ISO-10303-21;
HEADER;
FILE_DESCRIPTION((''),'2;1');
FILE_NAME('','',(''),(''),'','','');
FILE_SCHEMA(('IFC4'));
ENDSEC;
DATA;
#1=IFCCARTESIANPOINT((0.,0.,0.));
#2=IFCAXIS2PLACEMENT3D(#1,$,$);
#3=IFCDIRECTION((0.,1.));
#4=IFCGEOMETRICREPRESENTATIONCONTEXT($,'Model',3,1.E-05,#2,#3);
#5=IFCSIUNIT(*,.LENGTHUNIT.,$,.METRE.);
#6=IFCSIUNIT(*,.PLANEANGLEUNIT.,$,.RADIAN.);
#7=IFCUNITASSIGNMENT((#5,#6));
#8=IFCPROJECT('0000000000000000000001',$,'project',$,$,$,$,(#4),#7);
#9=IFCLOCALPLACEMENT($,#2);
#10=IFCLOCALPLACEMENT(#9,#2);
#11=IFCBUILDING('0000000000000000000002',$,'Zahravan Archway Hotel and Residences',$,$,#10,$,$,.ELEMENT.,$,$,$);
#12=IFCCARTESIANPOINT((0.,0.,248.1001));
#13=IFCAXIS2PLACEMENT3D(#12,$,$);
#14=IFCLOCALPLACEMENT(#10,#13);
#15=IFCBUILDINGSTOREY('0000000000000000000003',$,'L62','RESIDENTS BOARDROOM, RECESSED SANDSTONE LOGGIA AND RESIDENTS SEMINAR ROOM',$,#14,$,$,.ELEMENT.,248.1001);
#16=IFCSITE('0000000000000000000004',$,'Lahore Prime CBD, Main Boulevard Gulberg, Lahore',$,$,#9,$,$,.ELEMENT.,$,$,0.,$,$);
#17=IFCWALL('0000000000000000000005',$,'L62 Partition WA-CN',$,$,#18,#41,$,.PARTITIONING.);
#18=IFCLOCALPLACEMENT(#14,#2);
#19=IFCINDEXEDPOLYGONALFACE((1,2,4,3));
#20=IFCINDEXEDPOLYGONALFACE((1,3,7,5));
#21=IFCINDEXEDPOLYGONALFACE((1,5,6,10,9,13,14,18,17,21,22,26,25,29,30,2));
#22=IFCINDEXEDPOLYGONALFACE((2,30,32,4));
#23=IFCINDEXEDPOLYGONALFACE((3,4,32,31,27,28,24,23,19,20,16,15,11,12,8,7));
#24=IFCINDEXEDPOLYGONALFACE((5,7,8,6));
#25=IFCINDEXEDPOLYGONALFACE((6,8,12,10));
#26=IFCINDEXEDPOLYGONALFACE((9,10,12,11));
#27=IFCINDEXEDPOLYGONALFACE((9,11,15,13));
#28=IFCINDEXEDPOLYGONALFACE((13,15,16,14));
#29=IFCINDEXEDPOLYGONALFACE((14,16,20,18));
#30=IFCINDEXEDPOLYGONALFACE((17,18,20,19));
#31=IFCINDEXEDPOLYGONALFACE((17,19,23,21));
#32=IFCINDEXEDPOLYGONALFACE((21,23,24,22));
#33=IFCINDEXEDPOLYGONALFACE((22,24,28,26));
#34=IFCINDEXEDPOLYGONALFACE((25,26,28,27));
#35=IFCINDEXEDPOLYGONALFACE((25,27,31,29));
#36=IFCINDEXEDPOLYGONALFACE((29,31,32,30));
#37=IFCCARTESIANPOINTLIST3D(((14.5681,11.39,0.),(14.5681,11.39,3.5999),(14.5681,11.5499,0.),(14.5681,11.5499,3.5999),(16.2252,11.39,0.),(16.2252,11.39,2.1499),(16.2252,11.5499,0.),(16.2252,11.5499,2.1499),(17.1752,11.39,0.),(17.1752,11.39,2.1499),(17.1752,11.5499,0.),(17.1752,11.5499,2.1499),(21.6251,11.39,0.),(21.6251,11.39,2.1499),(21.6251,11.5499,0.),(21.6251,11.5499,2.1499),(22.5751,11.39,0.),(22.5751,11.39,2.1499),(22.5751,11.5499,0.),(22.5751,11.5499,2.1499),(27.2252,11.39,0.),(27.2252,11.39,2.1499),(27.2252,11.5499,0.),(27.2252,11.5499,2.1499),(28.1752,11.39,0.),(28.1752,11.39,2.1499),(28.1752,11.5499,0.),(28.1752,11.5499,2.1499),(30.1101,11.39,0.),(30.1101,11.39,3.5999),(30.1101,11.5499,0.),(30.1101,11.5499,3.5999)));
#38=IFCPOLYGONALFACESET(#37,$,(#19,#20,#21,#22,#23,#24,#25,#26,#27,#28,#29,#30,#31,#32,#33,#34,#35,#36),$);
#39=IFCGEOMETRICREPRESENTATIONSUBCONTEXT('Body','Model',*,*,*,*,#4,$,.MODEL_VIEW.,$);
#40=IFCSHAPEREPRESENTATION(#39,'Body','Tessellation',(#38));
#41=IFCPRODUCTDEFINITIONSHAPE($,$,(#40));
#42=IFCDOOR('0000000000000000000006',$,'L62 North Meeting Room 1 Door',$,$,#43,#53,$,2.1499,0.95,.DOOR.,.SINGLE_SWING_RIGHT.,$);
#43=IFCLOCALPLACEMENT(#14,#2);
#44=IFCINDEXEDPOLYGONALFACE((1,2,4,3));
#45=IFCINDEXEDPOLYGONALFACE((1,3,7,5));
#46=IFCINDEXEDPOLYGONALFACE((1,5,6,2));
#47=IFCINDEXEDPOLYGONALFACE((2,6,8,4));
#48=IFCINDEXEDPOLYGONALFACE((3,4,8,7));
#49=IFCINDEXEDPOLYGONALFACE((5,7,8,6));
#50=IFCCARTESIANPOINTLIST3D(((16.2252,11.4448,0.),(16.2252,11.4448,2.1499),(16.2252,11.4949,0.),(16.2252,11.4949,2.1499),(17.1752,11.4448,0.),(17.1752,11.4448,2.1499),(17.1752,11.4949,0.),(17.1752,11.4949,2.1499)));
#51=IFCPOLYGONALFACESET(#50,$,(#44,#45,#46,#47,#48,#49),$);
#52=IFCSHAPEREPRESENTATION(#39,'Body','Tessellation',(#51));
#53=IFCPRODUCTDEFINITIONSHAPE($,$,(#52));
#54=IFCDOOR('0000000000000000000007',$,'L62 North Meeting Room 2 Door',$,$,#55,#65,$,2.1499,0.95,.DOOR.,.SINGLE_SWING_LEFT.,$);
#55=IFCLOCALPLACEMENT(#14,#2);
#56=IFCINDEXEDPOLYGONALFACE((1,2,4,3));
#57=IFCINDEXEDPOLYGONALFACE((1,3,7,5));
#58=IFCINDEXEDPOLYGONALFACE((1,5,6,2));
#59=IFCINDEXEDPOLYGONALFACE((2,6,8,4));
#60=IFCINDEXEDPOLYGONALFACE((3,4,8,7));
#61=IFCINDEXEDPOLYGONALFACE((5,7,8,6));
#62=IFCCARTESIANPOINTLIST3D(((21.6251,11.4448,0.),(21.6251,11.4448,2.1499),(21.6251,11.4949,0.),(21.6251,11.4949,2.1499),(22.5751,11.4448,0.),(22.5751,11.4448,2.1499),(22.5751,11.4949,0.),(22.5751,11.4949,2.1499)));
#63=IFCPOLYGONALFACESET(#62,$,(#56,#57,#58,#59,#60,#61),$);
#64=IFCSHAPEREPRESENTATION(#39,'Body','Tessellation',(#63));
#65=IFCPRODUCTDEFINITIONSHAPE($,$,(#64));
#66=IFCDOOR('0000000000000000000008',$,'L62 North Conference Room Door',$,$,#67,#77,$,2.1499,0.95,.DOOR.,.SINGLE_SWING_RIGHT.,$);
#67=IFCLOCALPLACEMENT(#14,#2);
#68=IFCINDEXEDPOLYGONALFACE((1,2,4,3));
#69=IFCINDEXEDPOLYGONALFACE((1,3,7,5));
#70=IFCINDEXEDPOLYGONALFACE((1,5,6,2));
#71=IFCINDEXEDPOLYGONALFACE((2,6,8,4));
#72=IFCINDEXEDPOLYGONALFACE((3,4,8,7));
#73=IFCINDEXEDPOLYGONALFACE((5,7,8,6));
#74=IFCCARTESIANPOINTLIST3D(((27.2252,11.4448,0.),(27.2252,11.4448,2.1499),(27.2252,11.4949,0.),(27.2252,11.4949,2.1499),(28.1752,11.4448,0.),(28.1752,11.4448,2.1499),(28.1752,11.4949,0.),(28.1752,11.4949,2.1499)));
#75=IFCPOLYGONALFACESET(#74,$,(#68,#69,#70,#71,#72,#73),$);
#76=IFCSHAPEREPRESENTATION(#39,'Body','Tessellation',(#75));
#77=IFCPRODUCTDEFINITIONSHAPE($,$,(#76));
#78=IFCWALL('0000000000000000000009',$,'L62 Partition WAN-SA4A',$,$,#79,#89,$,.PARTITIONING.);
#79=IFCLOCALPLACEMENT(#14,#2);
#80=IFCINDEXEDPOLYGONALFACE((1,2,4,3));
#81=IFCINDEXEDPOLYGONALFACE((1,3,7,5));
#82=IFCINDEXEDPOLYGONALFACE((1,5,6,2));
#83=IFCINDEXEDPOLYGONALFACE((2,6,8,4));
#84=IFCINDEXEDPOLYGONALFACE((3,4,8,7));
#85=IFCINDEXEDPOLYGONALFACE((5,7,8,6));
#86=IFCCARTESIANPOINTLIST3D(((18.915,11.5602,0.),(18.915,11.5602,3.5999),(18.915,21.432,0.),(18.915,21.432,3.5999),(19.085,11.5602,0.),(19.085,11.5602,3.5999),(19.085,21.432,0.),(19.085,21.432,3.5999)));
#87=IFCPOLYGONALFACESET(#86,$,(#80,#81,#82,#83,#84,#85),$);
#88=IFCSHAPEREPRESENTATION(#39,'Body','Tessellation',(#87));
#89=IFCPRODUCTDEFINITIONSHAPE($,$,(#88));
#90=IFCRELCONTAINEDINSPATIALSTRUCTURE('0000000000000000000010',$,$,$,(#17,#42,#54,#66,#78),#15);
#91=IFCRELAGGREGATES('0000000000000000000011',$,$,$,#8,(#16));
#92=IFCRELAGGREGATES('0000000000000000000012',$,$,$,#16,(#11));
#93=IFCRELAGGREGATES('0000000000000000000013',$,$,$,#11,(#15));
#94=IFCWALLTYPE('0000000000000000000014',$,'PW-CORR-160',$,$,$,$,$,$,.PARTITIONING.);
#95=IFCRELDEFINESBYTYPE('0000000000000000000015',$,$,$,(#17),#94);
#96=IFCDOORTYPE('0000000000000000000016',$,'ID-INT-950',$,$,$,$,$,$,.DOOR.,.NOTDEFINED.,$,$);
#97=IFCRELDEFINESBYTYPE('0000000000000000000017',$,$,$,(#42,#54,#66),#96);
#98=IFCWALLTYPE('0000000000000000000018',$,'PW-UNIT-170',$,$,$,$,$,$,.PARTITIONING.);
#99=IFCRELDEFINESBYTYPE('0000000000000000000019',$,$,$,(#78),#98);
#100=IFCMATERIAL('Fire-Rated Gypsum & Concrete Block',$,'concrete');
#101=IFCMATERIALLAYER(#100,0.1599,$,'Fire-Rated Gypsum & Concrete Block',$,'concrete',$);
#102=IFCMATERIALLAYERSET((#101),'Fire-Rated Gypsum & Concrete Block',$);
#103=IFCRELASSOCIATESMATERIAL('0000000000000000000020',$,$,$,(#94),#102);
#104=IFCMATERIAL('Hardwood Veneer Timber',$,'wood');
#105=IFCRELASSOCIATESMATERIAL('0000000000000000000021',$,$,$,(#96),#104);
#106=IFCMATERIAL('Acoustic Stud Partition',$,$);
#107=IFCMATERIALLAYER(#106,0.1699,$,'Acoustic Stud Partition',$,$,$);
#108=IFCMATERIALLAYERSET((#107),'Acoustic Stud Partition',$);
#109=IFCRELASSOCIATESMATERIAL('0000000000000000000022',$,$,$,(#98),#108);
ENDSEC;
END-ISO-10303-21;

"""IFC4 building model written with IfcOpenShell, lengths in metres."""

from ifc_helpers import new_model, si_unit, direction, frame, frame_2d, origin, place, context, subcontext, project, spatial, rectangle, extrude, source, transform, mapped, material, layer, layer_set, type_object, type_shapes, element, fill, save


model = new_model("IFC4")

# Units and contexts
model_context = context("Model", 3, precision=1e-05, world=origin(), true_north=direction((0.0, 1.0)))
body_context = subcontext(model_context, "Body", "Model", "MODEL_VIEW")
ifc_project = project(units=[si_unit("LENGTHUNIT", "METRE"), si_unit("PLANEANGLEUNIT", "RADIAN")], contexts=[model_context])

# Site, building, storey
site_placement = place(None, origin())
site = spatial("IfcSite", under=ifc_project, at=site_placement, Name="Lahore Prime CBD, Main Boulevard Gulberg, Lahore", CompositionType="ELEMENT", RefElevation=0.0)
building_placement = place(site_placement, origin())
building = spatial("IfcBuilding", under=site, at=building_placement, Name="Zahravan Archway Hotel and Residences", CompositionType="ELEMENT")
storey_placement = place(building_placement, frame((0.0, 0.0, 248.1001)))
storey = spatial("IfcBuildingStorey", under=building, at=storey_placement, Name="L62", Description="RESIDENTS BOARDROOM, RECESSED SANDSTONE LOGGIA AND RESIDENTS SEMINAR ROOM", CompositionType="ELEMENT", Elevation=248.1001)

# Wall, openings, doors
ifc_material_1 = material(Name="Fire-Rated Gypsum & Concrete Block", Category="concrete")
ifc_layer_1 = layer(ifc_material_1, 0.1599, Name="Fire-Rated Gypsum & Concrete Block", Category="concrete")
ifc_layer_set_1 = layer_set([ifc_layer_1], Name="Fire-Rated Gypsum & Concrete Block")
wall_type_1 = type_object("IfcWallType", Name="PW-CORR-160", PredefinedType="PARTITIONING", material=ifc_layer_set_1)
wall_1_placement = place(storey_placement, frame((14.5681, 11.47, 0.0), z_axis=(0.0, 0.0, 1.0), x_axis=(1.0, 0.0, 0.0)))
wall_1 = element("IfcWall", 1, at=wall_1_placement, inside=storey, type_object=wall_type_1, Name="L62 Partition WA-CN", PredefinedType="PARTITIONING", context=body_context, shape_type="SweptSolid", body=[
    extrude(rectangle(XDim=15.542, YDim=0.1599, at=frame_2d((7.771, 0.0))), origin(), (0.0, 0.0, 1.0), 3.5999),
])
opening_1_placement = place(wall_1_placement, frame((1.657, 0.0, 0.0)))
opening_1 = element("IfcOpeningElement", 2, at=opening_1_placement, cuts=wall_1, PredefinedType="OPENING", context=body_context, shape_type="SweptSolid", body=[
    extrude(rectangle(XDim=0.95, YDim=2.1499, at=frame_2d((0.4751, 1.075))), frame((0.0, 0.0898, 0.0), z_axis=(0.0, -1.0, 0.0), x_axis=(1.0, 0.0, 0.0)), (0.0, 0.0, 1.0), 0.1799),
])
opening_2_placement = place(wall_1_placement, frame((7.0569, 0.0, 0.0)))
opening_2 = element("IfcOpeningElement", 3, at=opening_2_placement, cuts=wall_1, PredefinedType="OPENING", context=body_context, shape_type="SweptSolid", body=[
    extrude(rectangle(XDim=0.95, YDim=2.1499, at=frame_2d((0.4751, 1.075))), frame((0.0, 0.0898, 0.0), z_axis=(0.0, -1.0, 0.0), x_axis=(1.0, 0.0, 0.0)), (0.0, 0.0, 1.0), 0.1799),
])
opening_3_placement = place(wall_1_placement, frame((12.657, 0.0, 0.0)))
opening_3 = element("IfcOpeningElement", 4, at=opening_3_placement, cuts=wall_1, PredefinedType="OPENING", context=body_context, shape_type="SweptSolid", body=[
    extrude(rectangle(XDim=0.95, YDim=2.1499, at=frame_2d((0.4751, 1.075))), frame((0.0, 0.0898, 0.0), z_axis=(0.0, -1.0, 0.0), x_axis=(1.0, 0.0, 0.0)), (0.0, 0.0, 1.0), 0.1799),
])
ifc_material_2 = material(Name="Hardwood Veneer Timber", Category="wood")
door_type_1 = type_object("IfcDoorType", Name="ID-INT-950", OperationType="NOTDEFINED", PredefinedType="DOOR", material=ifc_material_2)
shared_shape_1 = source(origin(), body_context, "Body", "SweptSolid", [
    extrude(rectangle(XDim=0.95, YDim=2.1499, at=frame_2d((0.4751, 1.075))), frame((0.0, 0.0249, 0.0), z_axis=(0.0, -1.0, 0.0), x_axis=(1.0, 0.0, 0.0)), (0.0, 0.0, 1.0), 0.05),
])
type_shapes(door_type_1, [shared_shape_1])
door_1_placement = place(opening_1_placement, origin())
door_1 = element("IfcDoor", 5, at=door_1_placement, inside=storey, type_object=door_type_1, Name="L62 North Meeting Room 1 Door", OperationType="SINGLE_SWING_RIGHT", OverallHeight=2.1499, OverallWidth=0.95, PredefinedType="DOOR", context=body_context, shape_type="MappedRepresentation", body=[
    mapped(shared_shape_1, transform((0.0, 0.0, 0.0), scale=1.0)),
])
fill(opening_1, door_1)
door_2_placement = place(opening_2_placement, origin())
door_2 = element("IfcDoor", 6, at=door_2_placement, inside=storey, type_object=door_type_1, Name="L62 North Meeting Room 2 Door", OperationType="SINGLE_SWING_LEFT", OverallHeight=2.1499, OverallWidth=0.95, PredefinedType="DOOR", context=body_context, shape_type="MappedRepresentation", body=[
    mapped(shared_shape_1, transform((0.0, 0.0, 0.0), scale=1.0)),
])
fill(opening_2, door_2)
door_3_placement = place(opening_3_placement, origin())
door_3 = element("IfcDoor", 7, at=door_3_placement, inside=storey, type_object=door_type_1, Name="L62 North Conference Room Door", OperationType="SINGLE_SWING_RIGHT", OverallHeight=2.1499, OverallWidth=0.95, PredefinedType="DOOR", context=body_context, shape_type="MappedRepresentation", body=[
    mapped(shared_shape_1, transform((0.0, 0.0, 0.0), scale=1.0)),
])
fill(opening_3, door_3)

# Wall
ifc_material_3 = material(Name="Acoustic Stud Partition")
ifc_layer_2 = layer(ifc_material_3, 0.1699, Name="Acoustic Stud Partition")
ifc_layer_set_2 = layer_set([ifc_layer_2], Name="Acoustic Stud Partition")
wall_type_2 = type_object("IfcWallType", Name="PW-UNIT-170", PredefinedType="PARTITIONING", material=ifc_layer_set_2)
wall_2_placement = place(storey_placement, frame((19.0, 11.5601, 0.0), z_axis=(0.0, 0.0, 1.0), x_axis=(0.0, 1.0, 0.0)))
element("IfcWall", 8, at=wall_2_placement, inside=storey, type_object=wall_type_2, Name="L62 Partition WAN-SA4A", PredefinedType="PARTITIONING", context=body_context, shape_type="SweptSolid", body=[
    extrude(rectangle(XDim=9.8718, YDim=0.1699, at=frame_2d((4.936, 0.0))), origin(), (0.0, 0.0, 1.0), 3.5999),
])

save(model, "model.ifc")
